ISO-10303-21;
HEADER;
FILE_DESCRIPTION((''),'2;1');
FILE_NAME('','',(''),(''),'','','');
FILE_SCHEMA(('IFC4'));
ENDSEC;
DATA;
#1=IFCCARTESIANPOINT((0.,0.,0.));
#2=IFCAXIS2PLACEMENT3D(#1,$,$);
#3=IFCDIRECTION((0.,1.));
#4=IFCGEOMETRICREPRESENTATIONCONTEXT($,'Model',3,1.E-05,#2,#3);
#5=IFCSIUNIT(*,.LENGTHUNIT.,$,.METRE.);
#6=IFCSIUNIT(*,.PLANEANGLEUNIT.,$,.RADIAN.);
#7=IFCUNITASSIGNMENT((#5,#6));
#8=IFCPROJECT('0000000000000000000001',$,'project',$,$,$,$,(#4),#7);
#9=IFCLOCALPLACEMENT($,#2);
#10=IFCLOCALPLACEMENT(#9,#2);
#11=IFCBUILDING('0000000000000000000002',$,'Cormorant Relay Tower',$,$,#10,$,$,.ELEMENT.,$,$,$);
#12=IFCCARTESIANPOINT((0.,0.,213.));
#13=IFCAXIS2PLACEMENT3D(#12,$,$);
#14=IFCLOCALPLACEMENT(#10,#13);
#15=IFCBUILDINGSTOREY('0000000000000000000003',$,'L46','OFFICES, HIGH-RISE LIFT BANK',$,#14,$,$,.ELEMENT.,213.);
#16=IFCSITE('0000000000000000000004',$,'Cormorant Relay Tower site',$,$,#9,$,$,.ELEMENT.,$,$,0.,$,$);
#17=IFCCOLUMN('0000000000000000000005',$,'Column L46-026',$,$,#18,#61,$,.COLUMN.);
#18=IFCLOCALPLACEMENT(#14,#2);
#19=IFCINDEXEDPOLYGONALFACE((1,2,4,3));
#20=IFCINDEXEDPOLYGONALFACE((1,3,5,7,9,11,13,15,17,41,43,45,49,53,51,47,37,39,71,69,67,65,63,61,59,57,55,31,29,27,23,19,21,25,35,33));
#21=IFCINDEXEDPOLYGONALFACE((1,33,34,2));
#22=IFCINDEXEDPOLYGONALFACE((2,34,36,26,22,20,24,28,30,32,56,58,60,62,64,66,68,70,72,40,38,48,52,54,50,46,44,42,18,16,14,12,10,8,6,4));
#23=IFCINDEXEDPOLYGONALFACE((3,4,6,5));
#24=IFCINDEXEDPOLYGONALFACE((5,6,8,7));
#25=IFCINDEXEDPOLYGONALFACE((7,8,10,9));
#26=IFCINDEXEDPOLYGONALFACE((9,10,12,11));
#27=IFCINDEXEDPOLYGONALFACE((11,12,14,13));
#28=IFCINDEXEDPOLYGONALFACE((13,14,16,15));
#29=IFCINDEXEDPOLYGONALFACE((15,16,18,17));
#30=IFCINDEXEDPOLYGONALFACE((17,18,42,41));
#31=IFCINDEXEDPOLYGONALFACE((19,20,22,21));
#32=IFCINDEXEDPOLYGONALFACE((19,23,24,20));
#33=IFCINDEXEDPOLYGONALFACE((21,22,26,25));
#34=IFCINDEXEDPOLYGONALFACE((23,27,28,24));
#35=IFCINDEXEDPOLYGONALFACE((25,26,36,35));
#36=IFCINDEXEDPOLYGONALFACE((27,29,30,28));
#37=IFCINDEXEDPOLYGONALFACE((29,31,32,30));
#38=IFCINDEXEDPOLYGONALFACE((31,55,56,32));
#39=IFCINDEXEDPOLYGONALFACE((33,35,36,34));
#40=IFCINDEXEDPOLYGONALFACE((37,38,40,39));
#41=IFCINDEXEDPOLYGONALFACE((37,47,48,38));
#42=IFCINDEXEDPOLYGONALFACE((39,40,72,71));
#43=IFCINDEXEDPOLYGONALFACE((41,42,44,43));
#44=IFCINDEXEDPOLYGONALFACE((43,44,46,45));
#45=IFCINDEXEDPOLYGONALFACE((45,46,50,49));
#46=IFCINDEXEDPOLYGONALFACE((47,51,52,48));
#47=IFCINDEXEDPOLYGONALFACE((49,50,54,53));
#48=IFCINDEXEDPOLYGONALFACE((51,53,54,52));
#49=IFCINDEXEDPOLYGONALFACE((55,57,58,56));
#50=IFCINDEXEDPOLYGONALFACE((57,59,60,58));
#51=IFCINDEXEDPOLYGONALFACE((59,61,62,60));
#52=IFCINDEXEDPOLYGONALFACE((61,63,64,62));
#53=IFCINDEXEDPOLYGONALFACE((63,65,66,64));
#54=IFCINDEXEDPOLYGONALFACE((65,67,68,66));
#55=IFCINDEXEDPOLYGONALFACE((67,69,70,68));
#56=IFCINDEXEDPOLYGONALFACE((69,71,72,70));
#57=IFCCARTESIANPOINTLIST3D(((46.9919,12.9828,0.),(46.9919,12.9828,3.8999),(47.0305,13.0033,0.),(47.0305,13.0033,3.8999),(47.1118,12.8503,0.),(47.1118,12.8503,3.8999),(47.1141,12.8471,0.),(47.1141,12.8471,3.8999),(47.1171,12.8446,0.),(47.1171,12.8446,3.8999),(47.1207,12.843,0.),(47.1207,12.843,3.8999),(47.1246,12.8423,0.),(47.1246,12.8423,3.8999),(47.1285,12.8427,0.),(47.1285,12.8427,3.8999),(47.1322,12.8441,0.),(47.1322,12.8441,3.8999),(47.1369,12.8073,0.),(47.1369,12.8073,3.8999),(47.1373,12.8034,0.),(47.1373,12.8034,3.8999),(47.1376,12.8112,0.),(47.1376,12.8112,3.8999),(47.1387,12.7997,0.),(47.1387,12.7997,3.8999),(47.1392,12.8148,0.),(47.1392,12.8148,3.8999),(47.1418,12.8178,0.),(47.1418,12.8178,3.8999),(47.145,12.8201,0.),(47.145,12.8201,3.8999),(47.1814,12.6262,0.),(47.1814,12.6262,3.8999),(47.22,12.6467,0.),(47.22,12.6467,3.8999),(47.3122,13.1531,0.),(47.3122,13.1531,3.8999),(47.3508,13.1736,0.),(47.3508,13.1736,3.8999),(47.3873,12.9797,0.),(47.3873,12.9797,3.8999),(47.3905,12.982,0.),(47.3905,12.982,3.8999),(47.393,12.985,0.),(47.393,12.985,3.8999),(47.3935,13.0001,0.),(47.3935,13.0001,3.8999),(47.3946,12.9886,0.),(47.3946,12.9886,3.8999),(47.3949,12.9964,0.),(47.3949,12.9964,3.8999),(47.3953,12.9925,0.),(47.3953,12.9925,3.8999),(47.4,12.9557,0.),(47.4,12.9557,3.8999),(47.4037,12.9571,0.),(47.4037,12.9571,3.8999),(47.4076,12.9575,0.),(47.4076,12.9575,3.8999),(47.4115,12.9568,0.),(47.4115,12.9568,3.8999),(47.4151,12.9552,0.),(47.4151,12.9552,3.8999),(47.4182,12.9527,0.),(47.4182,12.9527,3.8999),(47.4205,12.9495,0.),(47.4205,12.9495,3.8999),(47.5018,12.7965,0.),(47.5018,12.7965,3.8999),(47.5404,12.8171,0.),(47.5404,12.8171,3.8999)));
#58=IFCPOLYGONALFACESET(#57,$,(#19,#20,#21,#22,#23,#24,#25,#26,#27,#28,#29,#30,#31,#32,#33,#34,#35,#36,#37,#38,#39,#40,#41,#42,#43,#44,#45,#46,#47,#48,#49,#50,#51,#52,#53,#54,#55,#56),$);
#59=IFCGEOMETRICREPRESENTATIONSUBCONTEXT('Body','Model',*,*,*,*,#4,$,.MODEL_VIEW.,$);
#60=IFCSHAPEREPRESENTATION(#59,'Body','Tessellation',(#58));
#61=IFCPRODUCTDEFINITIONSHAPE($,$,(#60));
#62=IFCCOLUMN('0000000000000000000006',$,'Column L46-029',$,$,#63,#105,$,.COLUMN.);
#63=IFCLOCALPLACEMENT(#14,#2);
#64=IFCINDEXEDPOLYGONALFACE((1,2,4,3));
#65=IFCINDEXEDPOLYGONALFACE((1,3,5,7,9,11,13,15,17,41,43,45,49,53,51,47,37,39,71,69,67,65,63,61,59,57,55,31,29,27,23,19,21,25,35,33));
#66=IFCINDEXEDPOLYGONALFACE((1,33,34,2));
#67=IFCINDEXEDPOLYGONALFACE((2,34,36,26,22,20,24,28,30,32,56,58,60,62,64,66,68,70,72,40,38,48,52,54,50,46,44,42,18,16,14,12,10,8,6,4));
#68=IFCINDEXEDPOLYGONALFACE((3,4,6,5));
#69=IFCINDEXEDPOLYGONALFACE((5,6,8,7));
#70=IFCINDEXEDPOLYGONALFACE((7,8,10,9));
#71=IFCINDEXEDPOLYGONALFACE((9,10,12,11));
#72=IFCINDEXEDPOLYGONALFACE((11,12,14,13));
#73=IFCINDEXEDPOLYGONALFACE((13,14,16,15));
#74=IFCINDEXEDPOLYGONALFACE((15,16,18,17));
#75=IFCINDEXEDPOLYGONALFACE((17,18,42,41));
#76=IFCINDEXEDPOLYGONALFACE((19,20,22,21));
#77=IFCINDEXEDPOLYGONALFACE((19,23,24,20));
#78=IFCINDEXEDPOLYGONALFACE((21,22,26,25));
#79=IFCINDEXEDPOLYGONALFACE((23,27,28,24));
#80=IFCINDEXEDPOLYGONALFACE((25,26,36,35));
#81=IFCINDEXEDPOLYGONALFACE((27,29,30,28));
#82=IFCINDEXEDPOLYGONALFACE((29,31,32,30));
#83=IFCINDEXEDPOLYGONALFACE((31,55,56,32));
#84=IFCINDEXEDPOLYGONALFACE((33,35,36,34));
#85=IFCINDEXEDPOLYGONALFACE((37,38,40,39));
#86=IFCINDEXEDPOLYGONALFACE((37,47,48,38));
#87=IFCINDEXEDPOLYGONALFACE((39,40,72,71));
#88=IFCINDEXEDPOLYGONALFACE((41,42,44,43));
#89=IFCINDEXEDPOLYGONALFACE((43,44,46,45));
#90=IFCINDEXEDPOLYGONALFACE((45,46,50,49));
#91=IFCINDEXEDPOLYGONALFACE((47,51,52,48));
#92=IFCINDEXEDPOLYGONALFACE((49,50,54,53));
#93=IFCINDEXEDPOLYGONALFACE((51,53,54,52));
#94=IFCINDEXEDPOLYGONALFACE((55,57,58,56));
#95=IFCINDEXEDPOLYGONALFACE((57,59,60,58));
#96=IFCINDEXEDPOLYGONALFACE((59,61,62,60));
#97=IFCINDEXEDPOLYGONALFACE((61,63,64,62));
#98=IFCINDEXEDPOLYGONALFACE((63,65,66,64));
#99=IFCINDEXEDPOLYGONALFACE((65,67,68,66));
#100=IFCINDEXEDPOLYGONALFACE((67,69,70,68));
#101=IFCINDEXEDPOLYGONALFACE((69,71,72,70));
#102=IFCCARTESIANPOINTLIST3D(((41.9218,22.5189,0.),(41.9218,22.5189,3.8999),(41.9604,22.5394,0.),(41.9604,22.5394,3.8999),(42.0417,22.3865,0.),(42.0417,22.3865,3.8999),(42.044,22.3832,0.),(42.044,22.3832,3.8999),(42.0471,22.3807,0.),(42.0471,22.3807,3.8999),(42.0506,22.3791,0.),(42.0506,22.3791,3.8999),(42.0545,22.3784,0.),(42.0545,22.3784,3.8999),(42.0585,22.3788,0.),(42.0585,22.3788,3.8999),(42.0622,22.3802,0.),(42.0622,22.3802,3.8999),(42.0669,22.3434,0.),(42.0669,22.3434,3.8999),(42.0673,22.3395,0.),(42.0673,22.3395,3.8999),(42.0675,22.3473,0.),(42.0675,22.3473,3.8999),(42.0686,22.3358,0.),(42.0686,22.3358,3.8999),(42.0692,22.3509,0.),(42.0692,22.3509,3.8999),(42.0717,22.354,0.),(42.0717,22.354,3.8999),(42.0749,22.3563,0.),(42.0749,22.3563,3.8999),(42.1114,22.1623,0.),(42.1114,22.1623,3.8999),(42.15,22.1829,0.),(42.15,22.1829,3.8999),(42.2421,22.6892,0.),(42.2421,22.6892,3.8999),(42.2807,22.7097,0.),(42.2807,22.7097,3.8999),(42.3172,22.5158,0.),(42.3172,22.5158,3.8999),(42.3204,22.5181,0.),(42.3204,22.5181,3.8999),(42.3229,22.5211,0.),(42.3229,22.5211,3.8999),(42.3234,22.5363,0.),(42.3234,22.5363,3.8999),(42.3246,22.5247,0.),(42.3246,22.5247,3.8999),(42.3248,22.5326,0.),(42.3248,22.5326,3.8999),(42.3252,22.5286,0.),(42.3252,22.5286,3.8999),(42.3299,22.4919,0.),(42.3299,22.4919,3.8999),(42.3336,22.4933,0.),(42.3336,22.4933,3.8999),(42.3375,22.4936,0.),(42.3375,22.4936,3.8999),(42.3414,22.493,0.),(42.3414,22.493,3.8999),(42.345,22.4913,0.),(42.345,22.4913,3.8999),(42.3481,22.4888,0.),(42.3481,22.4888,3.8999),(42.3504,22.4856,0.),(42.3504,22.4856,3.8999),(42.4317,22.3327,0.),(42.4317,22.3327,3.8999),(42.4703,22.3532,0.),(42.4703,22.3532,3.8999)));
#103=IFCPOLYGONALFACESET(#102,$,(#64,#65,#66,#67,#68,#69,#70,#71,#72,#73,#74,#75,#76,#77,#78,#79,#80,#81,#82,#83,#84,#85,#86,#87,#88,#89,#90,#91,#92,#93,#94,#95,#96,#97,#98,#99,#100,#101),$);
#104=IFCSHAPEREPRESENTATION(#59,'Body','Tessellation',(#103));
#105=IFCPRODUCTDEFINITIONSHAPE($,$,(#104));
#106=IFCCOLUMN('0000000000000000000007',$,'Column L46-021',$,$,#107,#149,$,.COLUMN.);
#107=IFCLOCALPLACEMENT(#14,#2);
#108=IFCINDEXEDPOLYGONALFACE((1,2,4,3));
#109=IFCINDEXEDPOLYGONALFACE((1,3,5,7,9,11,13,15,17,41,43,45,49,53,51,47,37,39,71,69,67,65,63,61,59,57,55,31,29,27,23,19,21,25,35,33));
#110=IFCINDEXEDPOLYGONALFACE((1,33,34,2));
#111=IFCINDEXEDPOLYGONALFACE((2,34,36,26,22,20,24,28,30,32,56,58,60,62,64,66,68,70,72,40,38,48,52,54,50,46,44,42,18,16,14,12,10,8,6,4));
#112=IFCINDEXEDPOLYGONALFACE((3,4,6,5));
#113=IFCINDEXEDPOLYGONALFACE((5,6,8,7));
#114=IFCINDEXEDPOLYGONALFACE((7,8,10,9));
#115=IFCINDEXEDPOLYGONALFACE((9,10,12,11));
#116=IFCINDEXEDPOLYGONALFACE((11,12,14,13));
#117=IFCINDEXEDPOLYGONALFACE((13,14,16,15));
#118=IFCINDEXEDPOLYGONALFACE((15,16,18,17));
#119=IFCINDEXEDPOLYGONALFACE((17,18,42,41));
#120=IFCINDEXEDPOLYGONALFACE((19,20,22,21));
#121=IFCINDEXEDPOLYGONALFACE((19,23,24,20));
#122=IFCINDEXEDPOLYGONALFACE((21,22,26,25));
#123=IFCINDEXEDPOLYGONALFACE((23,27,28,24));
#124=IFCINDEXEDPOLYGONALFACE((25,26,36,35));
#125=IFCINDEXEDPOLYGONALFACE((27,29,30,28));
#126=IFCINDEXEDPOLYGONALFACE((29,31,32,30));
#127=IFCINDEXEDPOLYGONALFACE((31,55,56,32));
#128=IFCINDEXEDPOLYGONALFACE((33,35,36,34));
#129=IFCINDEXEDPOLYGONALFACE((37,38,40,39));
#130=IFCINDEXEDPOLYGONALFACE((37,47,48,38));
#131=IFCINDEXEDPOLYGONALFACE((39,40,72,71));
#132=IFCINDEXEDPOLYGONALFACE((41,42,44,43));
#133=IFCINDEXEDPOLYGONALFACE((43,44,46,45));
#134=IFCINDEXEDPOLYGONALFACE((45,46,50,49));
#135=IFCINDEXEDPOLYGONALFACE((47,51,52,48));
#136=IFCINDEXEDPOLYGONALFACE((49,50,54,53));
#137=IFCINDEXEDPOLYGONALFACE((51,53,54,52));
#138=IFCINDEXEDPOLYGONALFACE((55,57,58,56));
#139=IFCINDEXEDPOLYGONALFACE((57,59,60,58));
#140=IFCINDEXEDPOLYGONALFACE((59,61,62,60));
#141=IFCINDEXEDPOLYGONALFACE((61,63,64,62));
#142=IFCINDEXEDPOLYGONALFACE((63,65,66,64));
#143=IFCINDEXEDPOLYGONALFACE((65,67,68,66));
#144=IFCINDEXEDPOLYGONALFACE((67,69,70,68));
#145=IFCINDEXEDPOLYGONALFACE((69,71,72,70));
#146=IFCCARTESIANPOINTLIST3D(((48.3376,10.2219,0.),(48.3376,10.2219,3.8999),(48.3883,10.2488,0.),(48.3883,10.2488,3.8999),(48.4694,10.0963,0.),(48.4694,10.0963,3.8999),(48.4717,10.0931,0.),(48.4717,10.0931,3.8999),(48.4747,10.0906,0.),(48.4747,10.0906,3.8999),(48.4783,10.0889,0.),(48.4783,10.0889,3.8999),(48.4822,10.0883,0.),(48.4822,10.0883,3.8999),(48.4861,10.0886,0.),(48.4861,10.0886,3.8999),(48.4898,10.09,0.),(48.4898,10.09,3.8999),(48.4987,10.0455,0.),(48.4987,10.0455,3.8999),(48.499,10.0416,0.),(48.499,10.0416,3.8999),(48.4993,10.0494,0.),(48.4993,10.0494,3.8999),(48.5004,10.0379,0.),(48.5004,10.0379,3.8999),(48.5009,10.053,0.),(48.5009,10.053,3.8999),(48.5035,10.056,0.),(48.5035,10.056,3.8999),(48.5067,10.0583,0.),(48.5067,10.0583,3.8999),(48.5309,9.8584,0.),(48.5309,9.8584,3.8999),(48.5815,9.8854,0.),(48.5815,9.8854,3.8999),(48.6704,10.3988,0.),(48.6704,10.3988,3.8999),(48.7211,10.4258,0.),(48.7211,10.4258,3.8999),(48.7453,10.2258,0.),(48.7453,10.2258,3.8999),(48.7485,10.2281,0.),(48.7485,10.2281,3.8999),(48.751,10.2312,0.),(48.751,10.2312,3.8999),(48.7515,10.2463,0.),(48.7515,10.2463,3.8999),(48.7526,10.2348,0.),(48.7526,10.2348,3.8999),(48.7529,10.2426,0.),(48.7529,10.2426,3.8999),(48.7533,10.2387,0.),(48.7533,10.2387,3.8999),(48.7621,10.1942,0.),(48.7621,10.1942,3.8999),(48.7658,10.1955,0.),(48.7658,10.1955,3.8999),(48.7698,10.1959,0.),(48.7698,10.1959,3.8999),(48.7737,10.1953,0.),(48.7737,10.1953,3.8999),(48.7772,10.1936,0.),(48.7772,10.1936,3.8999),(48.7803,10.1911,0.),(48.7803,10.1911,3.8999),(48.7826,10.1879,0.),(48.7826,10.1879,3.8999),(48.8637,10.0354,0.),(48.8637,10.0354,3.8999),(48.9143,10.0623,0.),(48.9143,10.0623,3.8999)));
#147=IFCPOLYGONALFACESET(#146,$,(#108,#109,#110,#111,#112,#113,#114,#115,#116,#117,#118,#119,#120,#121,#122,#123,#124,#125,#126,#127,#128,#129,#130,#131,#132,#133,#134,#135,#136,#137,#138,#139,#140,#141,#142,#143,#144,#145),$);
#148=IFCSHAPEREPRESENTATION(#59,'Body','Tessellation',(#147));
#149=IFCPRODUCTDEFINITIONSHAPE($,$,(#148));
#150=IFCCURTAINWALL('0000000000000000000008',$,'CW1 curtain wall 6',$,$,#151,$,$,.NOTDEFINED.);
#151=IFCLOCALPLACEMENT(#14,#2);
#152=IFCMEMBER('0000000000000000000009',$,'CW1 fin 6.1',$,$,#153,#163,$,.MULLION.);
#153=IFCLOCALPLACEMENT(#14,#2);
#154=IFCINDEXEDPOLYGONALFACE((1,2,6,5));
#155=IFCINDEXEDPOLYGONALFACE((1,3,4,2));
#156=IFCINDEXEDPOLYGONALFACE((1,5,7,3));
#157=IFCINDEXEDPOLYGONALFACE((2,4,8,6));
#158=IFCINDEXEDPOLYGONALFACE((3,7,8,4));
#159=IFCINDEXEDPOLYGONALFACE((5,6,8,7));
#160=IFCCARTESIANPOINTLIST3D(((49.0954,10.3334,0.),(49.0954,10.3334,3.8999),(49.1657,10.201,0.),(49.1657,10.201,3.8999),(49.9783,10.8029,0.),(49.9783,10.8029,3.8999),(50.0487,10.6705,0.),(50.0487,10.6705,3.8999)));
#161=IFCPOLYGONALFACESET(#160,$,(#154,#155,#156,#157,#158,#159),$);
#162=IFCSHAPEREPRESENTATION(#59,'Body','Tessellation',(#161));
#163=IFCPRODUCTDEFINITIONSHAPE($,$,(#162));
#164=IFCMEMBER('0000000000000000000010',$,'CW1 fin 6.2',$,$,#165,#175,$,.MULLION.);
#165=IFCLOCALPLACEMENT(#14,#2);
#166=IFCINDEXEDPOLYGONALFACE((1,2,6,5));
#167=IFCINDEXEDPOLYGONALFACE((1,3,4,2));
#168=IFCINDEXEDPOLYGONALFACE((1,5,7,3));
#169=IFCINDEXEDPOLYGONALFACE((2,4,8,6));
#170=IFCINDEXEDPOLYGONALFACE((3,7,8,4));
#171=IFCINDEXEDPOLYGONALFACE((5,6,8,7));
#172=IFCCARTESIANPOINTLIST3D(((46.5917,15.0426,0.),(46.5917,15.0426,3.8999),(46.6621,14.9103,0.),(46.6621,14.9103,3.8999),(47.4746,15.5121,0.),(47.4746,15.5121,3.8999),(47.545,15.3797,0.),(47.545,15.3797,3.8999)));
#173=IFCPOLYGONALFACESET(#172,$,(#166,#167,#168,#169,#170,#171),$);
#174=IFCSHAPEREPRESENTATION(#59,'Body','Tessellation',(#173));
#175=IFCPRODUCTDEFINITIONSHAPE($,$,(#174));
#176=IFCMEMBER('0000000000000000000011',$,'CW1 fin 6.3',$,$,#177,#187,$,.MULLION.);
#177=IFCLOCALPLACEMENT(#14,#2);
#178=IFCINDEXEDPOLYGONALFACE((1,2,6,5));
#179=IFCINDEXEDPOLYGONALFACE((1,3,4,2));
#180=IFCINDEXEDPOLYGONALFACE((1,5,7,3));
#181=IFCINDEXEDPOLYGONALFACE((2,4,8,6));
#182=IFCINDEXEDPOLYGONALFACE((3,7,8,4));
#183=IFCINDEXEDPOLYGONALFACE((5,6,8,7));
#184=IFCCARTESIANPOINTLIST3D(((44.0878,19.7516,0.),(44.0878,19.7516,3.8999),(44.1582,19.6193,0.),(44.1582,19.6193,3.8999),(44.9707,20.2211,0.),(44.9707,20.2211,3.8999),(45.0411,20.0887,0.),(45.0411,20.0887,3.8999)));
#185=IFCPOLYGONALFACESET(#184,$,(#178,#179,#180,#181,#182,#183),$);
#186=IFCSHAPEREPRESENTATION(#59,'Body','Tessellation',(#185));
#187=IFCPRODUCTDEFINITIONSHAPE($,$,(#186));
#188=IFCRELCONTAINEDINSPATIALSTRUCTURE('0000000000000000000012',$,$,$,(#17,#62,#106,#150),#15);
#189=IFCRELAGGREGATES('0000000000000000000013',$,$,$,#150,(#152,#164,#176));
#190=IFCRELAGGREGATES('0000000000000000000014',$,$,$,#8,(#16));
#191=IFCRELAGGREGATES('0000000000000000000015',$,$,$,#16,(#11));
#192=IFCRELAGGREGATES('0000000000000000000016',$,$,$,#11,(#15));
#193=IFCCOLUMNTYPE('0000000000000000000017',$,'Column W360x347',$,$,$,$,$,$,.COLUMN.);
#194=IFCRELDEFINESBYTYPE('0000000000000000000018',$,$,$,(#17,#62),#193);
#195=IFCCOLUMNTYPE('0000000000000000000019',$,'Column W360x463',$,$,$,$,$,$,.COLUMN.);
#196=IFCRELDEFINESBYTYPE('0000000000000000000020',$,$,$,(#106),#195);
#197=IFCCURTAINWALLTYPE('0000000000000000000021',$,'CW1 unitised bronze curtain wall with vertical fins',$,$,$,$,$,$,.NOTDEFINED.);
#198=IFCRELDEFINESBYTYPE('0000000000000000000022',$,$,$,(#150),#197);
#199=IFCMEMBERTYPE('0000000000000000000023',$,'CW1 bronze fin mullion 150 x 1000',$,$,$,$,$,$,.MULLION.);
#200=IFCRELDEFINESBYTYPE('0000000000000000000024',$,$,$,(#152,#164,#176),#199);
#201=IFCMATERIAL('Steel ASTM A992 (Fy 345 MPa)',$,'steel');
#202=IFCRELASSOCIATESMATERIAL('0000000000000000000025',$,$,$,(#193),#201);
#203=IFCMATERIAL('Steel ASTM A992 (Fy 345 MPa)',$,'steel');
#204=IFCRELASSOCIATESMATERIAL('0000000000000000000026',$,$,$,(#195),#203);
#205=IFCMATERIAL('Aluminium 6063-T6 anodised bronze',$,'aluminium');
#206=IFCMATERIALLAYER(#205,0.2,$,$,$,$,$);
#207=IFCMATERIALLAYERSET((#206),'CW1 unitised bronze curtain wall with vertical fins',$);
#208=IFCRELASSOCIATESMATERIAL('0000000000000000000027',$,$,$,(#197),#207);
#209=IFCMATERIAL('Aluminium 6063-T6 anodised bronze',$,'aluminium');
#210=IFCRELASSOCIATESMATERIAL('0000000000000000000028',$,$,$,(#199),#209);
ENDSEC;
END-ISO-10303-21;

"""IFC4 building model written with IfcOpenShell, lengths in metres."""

from ifc_helpers import new_model, si_unit, direction, frame, origin, origin_2d, place, context, subcontext, project, spatial, rectangle, i_section, extrude, material, layer, layer_set, material_profile, profile_set, type_object, element, aggregate, save


model = new_model("IFC4")

# Units and contexts
model_context = context("Model", 3, precision=1e-05, world=origin(), true_north=direction((0.0, 1.0)))
body_context = subcontext(model_context, "Body", "Model", "MODEL_VIEW")
ifc_project = project(units=[si_unit("LENGTHUNIT", "METRE"), si_unit("PLANEANGLEUNIT", "RADIAN")], contexts=[model_context])

# Site, building, storey
site_placement = place(None, origin())
site = spatial("IfcSite", under=ifc_project, at=site_placement, Name="Cormorant Relay Tower site", CompositionType="ELEMENT", RefElevation=0.0)
building_placement = place(site_placement, origin())
building = spatial("IfcBuilding", under=site, at=building_placement, Name="Cormorant Relay Tower", CompositionType="ELEMENT")
storey_placement = place(building_placement, frame((0.0, 0.0, 213.0)))
storey = spatial("IfcBuildingStorey", under=building, at=storey_placement, Name="L46", Description="OFFICES, HIGH-RISE LIFT BANK", CompositionType="ELEMENT", Elevation=213.0)

# Columns
ifc_material_1 = material(Name="Steel ASTM A992 (Fy 345 MPa)", Category="steel")
ifc_material_profile_1 = material_profile(ifc_material_1, i_section(OverallWidth=0.4038, OverallDepth=0.4065, WebThickness=0.0271, FlangeThickness=0.0437, FilletRadius=0.0151, at=origin_2d()), Name="W360x347")
ifc_profile_set_1 = profile_set([ifc_material_profile_1], Name="Steel ASTM A992 (Fy 345 MPa)")
column_type_1 = type_object("IfcColumnType", Name="Column W360x347", PredefinedType="COLUMN", material=ifc_profile_set_1)
for number, where, z_axis, x_axis, name in (
    (1, (47.2661, 12.8999, 0.0), (0.0, 0.0, 1.0), (-0.469472, 0.882948, 0.0), "Column L46-026"),
    (2, (42.196, 22.436, 0.0), (0.0, 0.0, 1.0), (-0.469472, 0.882948, 0.0), "Column L46-029"),
):
    element("IfcColumn", number, at=place(storey_placement, frame(where, z_axis=z_axis, x_axis=x_axis)), inside=storey, type_object=column_type_1, Name=name, PredefinedType="COLUMN", context=body_context, shape_type="SweptSolid", body=[
        extrude(i_section(OverallWidth=0.4038, OverallDepth=0.4065, WebThickness=0.0271, FlangeThickness=0.0437, FilletRadius=0.0151, at=origin_2d()), origin(), (0.0, 0.0, 1.0), 3.8999),
    ])
ifc_material_2 = material(Name="Steel ASTM A992 (Fy 345 MPa)", Category="steel")
ifc_material_profile_2 = material_profile(ifc_material_2, i_section(OverallWidth=0.4116, OverallDepth=0.4343, WebThickness=0.0359, FlangeThickness=0.0574, FilletRadius=0.0151, at=origin_2d()), Name="W360x463")
ifc_profile_set_2 = profile_set([ifc_material_profile_2], Name="Steel ASTM A992 (Fy 345 MPa)")
column_type_2 = type_object("IfcColumnType", Name="Column W360x463", PredefinedType="COLUMN", material=ifc_profile_set_2)
column_placement = place(storey_placement, frame((48.626, 10.1421, 0.0), z_axis=(0.0, 0.0, 1.0), x_axis=(-0.469472, 0.882948, 0.0)))
element("IfcColumn", 3, at=column_placement, inside=storey, type_object=column_type_2, Name="Column L46-021", PredefinedType="COLUMN", context=body_context, shape_type="SweptSolid", body=[
    extrude(i_section(OverallWidth=0.4116, OverallDepth=0.4343, WebThickness=0.0359, FlangeThickness=0.0574, FilletRadius=0.0151, at=origin_2d()), origin(), (0.0, 0.0, 1.0), 3.8999),
])

# Curtain wall, members
ifc_material_3 = material(Name="Aluminium 6063-T6 anodised bronze", Category="aluminium")
ifc_layer_1 = layer(ifc_material_3, 0.2)
ifc_layer_set_1 = layer_set([ifc_layer_1], Name="CW1 unitised bronze curtain wall with vertical fins")
curtain_wall_type = type_object("IfcCurtainWallType", Name="CW1 unitised bronze curtain wall with vertical fins", PredefinedType="NOTDEFINED", material=ifc_layer_set_1)
curtain_wall_1_placement = place(storey_placement, origin())
curtain_wall_1 = element("IfcCurtainWall", 4, at=curtain_wall_1_placement, inside=storey, type_object=curtain_wall_type, Name="CW1 curtain wall 6", PredefinedType="NOTDEFINED")
ifc_material_4 = material(Name="Aluminium 6063-T6 anodised bronze", Category="aluminium")
ifc_material_profile_3 = material_profile(ifc_material_4, rectangle(XDim=0.1499, YDim=1.0, at=origin_2d()), Name="AL 150x1000")
ifc_profile_set_3 = profile_set([ifc_material_profile_3], Name="Aluminium 6063-T6 anodised bronze")
member_type_1 = type_object("IfcMemberType", Name="CW1 bronze fin mullion 150 x 1000", PredefinedType="MULLION", material=ifc_profile_set_3)
member_1_placement = place(storey_placement, frame((49.572, 10.502, 0.0), z_axis=(0.0, 0.0, 1.0), x_axis=(-0.469472, 0.882948, 0.0)))
member_1 = element("IfcMember", 5, at=member_1_placement, type_object=member_type_1, Name="CW1 fin 6.1", PredefinedType="MULLION", context=body_context, shape_type="SweptSolid", body=[
    extrude(rectangle(XDim=0.1499, YDim=1.0, at=origin_2d()), origin(), (0.0, 0.0, 1.0), 3.8999),
])
member_2_placement = place(storey_placement, frame((47.0684, 15.2112, 0.0), z_axis=(0.0, 0.0, 1.0), x_axis=(-0.469472, 0.882948, 0.0)))
member_2 = element("IfcMember", 6, at=member_2_placement, type_object=member_type_1, Name="CW1 fin 6.2", PredefinedType="MULLION", context=body_context, shape_type="SweptSolid", body=[
    extrude(rectangle(XDim=0.1499, YDim=1.0, at=origin_2d()), origin(), (0.0, 0.0, 1.0), 3.8999),
])
member_3_placement = place(storey_placement, frame((44.5645, 19.9202, 0.0), z_axis=(0.0, 0.0, 1.0), x_axis=(-0.469472, 0.882948, 0.0)))
member_3 = element("IfcMember", 7, at=member_3_placement, type_object=member_type_1, Name="CW1 fin 6.3", PredefinedType="MULLION", context=body_context, shape_type="SweptSolid", body=[
    extrude(rectangle(XDim=0.1499, YDim=1.0, at=origin_2d()), origin(), (0.0, 0.0, 1.0), 3.8999),
])

aggregate(curtain_wall_1, [member_1, member_2, member_3])

save(model, "model.ifc")
